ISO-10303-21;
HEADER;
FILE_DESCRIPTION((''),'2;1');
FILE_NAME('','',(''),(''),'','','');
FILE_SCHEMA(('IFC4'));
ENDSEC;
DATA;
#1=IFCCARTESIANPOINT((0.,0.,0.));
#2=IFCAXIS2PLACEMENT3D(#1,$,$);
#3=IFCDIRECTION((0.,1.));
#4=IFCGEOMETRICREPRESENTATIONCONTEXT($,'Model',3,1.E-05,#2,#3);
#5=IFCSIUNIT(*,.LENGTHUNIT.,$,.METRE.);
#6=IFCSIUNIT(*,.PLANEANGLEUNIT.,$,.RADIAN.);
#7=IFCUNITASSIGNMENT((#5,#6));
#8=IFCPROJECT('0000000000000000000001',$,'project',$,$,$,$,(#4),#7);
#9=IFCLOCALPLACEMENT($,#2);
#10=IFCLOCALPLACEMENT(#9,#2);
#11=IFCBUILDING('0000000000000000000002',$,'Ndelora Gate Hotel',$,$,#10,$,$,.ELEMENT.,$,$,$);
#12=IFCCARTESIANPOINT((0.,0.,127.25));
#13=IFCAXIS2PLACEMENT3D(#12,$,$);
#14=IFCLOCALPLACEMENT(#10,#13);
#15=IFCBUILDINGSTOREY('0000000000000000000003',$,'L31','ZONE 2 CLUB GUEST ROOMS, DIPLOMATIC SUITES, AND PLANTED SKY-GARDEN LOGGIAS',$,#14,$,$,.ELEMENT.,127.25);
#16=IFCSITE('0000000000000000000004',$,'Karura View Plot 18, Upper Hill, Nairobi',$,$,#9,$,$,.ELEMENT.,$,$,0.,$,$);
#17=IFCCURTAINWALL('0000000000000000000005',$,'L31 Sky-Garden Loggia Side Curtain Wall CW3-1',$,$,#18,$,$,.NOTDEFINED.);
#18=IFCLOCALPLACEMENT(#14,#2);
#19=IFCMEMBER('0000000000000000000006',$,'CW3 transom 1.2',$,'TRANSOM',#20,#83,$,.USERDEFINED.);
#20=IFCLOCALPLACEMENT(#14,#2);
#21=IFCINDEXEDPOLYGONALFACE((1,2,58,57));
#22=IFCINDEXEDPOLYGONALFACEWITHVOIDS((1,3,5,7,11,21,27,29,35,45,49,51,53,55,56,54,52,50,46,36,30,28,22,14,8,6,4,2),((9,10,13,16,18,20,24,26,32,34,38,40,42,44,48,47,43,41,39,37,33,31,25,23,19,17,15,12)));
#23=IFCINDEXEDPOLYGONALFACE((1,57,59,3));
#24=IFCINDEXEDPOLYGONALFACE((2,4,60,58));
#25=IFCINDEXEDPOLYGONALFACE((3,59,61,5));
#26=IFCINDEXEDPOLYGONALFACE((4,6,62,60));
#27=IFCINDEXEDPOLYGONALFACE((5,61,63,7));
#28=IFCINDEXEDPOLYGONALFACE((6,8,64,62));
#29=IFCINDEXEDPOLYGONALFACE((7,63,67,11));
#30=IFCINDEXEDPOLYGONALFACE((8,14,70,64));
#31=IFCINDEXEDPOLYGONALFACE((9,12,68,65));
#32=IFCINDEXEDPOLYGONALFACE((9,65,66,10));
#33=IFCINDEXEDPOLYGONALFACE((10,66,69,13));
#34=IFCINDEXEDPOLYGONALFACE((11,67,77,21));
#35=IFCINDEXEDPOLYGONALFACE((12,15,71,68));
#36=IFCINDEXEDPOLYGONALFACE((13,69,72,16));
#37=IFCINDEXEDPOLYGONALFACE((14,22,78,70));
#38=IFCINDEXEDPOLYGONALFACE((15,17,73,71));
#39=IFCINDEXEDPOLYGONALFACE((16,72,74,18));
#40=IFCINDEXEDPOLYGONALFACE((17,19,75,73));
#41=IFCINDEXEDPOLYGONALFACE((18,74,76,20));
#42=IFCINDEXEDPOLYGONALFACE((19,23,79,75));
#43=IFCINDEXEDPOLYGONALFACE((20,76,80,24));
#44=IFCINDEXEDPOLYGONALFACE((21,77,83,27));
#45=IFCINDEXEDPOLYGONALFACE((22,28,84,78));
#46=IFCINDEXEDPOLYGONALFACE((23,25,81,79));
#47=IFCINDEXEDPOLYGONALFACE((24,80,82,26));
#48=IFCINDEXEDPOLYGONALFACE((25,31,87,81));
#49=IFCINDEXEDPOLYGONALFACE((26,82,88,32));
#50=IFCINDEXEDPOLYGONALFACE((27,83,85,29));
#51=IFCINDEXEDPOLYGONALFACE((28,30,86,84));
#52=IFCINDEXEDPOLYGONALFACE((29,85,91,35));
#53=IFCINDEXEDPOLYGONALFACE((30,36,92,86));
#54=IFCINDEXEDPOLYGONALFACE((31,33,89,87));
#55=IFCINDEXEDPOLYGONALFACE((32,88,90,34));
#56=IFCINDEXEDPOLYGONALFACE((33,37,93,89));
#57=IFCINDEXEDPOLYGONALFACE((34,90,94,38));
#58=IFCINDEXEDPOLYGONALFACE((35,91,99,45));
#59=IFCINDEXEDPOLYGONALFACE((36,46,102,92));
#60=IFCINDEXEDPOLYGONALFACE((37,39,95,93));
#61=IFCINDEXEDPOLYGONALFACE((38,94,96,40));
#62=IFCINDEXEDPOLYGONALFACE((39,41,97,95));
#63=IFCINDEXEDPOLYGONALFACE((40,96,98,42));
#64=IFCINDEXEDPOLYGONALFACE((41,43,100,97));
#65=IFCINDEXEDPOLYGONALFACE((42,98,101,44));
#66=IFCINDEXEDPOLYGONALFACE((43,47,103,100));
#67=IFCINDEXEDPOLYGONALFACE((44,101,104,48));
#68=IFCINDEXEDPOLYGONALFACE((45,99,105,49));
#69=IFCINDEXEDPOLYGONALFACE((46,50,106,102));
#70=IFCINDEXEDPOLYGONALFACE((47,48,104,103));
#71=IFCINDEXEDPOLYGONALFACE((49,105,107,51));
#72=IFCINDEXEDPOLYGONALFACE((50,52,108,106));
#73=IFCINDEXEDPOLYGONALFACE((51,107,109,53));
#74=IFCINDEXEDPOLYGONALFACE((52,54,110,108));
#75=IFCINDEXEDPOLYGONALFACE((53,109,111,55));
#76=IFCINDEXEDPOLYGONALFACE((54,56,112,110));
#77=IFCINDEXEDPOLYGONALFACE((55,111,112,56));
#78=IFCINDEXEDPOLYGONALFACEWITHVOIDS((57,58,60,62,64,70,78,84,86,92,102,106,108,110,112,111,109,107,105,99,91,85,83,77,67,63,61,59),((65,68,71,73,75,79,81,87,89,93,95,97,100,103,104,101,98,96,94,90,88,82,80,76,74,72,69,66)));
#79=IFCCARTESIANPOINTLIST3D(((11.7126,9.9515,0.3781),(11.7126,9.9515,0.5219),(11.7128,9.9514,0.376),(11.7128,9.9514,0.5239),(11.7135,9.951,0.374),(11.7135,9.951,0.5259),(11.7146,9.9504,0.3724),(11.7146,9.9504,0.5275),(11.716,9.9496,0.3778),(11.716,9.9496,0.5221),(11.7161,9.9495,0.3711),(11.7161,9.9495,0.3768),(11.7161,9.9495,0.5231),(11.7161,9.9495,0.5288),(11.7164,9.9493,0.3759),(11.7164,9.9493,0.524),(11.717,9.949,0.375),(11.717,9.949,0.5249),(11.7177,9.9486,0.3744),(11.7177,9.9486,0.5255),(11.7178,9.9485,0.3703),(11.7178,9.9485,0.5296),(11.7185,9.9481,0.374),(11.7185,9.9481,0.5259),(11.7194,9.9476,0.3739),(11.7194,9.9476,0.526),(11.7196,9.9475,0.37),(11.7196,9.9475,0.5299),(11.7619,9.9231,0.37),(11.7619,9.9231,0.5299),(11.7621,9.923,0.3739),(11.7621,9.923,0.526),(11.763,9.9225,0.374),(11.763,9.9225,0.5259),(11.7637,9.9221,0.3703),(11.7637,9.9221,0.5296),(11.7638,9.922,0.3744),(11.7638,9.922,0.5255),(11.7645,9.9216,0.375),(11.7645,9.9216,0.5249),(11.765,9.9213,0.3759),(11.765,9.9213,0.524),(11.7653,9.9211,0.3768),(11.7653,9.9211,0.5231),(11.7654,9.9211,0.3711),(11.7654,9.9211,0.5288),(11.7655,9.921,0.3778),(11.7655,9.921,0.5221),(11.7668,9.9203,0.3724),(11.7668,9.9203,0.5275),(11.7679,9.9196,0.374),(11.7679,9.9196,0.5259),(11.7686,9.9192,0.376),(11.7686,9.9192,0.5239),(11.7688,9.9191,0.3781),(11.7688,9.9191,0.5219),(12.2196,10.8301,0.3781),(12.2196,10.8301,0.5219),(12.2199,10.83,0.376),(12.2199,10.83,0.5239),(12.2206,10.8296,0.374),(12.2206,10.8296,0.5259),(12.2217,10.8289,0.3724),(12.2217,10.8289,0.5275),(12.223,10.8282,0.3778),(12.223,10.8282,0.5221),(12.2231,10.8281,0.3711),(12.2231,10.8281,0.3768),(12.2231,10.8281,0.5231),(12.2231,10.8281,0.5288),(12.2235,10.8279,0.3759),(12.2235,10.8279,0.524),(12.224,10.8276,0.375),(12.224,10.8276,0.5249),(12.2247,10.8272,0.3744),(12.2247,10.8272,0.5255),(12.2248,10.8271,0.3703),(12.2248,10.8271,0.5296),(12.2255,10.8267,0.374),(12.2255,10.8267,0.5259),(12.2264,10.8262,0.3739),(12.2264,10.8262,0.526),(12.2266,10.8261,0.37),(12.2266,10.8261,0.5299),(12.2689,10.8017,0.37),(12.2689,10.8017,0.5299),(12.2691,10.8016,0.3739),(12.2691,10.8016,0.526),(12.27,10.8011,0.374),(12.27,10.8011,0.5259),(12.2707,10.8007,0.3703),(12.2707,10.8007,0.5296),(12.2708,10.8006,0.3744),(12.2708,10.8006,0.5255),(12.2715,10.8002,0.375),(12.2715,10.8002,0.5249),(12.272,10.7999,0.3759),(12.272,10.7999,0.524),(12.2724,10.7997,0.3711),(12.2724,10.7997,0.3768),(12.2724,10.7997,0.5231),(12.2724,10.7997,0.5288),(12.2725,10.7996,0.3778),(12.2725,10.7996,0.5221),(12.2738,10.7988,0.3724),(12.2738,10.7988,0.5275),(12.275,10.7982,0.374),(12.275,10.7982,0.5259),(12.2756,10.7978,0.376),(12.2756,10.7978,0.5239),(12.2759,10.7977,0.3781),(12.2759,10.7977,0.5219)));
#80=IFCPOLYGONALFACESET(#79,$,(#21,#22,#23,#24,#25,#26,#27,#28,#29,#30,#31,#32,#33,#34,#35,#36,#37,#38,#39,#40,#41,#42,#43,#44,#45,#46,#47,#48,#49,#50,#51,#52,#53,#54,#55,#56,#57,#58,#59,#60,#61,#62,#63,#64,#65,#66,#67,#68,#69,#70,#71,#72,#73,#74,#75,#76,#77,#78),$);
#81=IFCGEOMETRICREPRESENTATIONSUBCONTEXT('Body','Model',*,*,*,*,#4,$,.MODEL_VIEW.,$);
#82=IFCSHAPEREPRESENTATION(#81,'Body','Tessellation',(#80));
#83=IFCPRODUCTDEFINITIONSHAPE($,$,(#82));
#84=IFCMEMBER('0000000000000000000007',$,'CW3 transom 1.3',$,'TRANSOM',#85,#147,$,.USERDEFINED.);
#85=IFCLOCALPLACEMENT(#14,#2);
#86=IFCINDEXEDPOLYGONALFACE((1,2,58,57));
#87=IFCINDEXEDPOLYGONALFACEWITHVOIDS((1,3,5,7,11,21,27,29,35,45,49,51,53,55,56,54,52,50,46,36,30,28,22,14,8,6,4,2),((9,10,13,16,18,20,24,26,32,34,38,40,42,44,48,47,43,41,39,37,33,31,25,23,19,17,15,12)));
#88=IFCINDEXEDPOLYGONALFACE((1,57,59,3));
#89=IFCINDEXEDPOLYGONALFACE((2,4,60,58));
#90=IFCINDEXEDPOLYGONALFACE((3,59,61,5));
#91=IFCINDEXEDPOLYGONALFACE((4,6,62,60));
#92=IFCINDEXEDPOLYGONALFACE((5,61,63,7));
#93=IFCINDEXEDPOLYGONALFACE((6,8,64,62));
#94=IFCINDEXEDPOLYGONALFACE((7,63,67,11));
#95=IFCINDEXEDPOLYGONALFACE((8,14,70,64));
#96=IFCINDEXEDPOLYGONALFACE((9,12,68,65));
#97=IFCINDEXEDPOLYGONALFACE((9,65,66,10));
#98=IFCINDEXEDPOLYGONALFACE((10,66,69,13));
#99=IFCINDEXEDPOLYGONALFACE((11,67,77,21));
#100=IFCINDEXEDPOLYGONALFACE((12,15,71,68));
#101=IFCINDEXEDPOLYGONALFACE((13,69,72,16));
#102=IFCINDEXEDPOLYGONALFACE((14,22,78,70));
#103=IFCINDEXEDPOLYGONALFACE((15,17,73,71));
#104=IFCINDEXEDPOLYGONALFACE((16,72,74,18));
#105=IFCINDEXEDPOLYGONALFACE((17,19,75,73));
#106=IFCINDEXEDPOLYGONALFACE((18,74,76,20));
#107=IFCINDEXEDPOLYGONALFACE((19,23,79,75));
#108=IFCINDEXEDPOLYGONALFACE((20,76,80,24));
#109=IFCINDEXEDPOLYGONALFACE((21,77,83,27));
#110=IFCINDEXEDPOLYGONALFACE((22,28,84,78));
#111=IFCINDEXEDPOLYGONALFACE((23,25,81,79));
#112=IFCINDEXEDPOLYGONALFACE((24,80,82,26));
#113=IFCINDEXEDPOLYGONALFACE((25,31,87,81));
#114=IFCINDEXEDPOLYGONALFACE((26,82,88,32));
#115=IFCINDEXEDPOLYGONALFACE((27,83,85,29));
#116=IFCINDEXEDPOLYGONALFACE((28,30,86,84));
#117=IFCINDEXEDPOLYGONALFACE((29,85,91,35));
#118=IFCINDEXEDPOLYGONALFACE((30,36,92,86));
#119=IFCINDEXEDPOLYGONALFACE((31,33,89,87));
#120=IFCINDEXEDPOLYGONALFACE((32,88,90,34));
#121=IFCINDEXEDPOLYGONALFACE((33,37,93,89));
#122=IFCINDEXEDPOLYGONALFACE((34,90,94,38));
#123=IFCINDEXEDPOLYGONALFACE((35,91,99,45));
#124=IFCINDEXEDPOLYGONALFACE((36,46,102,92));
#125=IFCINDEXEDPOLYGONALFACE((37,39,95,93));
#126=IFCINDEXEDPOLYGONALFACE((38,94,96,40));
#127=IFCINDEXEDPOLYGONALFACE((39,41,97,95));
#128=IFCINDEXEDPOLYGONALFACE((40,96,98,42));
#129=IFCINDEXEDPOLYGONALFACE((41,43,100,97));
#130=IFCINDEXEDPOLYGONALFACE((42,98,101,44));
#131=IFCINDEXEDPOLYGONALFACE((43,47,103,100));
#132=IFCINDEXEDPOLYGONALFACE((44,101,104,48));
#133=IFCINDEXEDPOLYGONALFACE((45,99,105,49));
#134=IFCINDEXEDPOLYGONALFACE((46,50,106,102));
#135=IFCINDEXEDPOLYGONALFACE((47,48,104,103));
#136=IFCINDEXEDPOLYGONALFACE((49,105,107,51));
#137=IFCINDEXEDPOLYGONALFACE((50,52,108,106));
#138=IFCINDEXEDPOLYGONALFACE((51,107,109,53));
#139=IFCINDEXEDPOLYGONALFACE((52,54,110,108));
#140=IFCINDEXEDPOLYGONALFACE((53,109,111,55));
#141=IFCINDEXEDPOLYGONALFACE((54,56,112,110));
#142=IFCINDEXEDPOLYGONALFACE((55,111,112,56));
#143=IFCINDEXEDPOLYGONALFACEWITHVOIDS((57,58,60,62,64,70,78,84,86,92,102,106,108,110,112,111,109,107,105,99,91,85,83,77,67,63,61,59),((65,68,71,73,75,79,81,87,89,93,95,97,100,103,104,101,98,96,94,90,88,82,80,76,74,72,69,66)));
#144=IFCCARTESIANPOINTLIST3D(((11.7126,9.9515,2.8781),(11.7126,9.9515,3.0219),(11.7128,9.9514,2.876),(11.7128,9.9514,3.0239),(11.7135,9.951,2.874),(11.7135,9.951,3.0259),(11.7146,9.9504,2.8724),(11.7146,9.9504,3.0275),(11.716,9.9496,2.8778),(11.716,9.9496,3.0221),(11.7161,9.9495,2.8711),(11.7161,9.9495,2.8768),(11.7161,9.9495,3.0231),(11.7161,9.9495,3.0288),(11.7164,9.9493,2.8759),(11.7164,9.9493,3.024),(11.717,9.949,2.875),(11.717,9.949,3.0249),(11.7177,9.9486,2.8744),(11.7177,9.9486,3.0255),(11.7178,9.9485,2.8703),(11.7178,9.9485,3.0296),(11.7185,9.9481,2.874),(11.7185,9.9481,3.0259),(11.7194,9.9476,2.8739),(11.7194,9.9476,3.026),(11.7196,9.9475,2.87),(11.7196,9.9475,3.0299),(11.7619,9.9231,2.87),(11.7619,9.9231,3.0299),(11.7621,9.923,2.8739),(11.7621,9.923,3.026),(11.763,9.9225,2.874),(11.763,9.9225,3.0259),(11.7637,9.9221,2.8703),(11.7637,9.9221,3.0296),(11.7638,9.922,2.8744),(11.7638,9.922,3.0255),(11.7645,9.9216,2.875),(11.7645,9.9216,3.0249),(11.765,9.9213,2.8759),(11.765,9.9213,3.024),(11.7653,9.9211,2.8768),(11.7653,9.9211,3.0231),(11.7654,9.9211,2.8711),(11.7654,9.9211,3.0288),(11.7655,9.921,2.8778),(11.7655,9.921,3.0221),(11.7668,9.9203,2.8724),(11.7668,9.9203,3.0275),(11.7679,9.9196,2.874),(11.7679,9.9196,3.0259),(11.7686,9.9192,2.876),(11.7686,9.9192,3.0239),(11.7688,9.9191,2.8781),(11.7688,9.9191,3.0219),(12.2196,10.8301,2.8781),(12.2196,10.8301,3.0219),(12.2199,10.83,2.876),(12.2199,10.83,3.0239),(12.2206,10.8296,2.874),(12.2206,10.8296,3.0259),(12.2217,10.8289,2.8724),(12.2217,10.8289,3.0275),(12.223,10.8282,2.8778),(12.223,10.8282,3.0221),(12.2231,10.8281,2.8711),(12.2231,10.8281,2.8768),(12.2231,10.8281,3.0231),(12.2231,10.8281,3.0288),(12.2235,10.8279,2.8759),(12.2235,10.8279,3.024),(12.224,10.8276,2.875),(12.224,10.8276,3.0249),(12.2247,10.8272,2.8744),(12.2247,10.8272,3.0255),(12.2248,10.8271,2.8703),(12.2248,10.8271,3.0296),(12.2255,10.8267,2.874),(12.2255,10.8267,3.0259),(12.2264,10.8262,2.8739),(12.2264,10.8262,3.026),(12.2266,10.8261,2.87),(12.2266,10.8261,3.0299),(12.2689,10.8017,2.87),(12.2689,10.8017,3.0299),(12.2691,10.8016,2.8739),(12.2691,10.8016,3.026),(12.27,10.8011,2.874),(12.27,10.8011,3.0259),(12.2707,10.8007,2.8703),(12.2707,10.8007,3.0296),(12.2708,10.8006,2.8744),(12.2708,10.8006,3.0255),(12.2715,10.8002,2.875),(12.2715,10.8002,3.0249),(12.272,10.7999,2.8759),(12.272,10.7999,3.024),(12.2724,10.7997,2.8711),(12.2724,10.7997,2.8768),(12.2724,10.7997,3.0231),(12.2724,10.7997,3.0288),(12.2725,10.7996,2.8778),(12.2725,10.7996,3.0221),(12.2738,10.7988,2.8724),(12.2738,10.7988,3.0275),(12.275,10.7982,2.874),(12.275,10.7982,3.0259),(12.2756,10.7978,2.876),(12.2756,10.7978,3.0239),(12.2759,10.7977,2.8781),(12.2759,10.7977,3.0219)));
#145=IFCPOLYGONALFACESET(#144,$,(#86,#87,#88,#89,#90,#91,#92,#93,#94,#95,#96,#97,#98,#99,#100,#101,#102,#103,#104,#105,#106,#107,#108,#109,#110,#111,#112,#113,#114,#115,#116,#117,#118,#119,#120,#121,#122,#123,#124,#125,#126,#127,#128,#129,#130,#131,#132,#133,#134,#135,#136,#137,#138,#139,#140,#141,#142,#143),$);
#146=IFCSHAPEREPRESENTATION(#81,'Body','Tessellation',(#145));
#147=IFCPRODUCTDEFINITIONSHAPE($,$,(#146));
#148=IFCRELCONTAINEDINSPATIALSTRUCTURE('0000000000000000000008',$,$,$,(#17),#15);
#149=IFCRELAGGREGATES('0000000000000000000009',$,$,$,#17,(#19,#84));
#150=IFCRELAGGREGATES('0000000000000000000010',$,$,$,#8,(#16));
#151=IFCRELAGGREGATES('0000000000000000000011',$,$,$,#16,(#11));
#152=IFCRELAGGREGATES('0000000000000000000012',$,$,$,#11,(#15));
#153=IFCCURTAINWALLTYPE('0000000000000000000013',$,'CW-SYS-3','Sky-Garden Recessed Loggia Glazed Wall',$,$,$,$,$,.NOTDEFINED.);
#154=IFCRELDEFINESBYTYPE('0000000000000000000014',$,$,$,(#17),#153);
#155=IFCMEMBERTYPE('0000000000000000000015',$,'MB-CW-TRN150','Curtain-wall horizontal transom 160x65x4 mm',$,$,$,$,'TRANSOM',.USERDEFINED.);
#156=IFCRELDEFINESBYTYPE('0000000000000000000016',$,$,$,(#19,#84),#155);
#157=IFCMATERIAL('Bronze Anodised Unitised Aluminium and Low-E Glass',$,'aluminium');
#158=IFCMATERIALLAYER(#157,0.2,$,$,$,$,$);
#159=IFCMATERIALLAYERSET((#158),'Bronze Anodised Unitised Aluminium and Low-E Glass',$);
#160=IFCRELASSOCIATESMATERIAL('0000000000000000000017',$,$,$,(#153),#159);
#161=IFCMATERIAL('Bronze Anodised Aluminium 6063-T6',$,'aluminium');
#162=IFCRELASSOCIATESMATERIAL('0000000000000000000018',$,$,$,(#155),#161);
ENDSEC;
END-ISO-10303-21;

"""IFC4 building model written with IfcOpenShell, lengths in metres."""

from ifc_helpers import new_model, si_unit, direction, frame, origin, origin_2d, place, context, subcontext, project, spatial, hollow_rectangle, extrude, material, layer, layer_set, material_profile, profile_set, type_object, element, aggregate, save


model = new_model("IFC4")

# Units and contexts
model_context = context("Model", 3, precision=1e-05, world=origin(), true_north=direction((0.0, 1.0)))
body_context = subcontext(model_context, "Body", "Model", "MODEL_VIEW")
ifc_project = project(units=[si_unit("LENGTHUNIT", "METRE"), si_unit("PLANEANGLEUNIT", "RADIAN")], contexts=[model_context])

# Site, building, storey
site_placement = place(None, origin())
site = spatial("IfcSite", under=ifc_project, at=site_placement, Name="Karura View Plot 18, Upper Hill, Nairobi", CompositionType="ELEMENT", RefElevation=0.0)
building_placement = place(site_placement, origin())
building = spatial("IfcBuilding", under=site, at=building_placement, Name="Ndelora Gate Hotel", CompositionType="ELEMENT")
storey_placement = place(building_placement, frame((0.0, 0.0, 127.25)))
storey = spatial("IfcBuildingStorey", under=building, at=storey_placement, Name="L31", Description="ZONE 2 CLUB GUEST ROOMS, DIPLOMATIC SUITES, AND PLANTED SKY-GARDEN LOGGIAS", CompositionType="ELEMENT", Elevation=127.25)

# Curtain wall, members
ifc_material_1 = material(Name="Bronze Anodised Unitised Aluminium and Low-E Glass", Category="aluminium")
ifc_layer_1 = layer(ifc_material_1, 0.2)
ifc_layer_set_1 = layer_set([ifc_layer_1], Name="Bronze Anodised Unitised Aluminium and Low-E Glass")
curtain_wall_type = type_object("IfcCurtainWallType", Name="CW-SYS-3", Description="Sky-Garden Recessed Loggia Glazed Wall", PredefinedType="NOTDEFINED", material=ifc_layer_set_1)
curtain_wall_placement = place(storey_placement, origin())
curtain_wall = element("IfcCurtainWall", 1, at=curtain_wall_placement, inside=storey, type_object=curtain_wall_type, Name="L31 Sky-Garden Loggia Side Curtain Wall CW3-1", PredefinedType="NOTDEFINED")
ifc_material_2 = material(Name="Bronze Anodised Aluminium 6063-T6", Category="aluminium")
ifc_material_profile_1 = material_profile(ifc_material_2, hollow_rectangle(XDim=0.0649, YDim=0.1599, WallThickness=0.0039, InnerFilletRadius=0.0039, OuterFilletRadius=0.0081, at=origin_2d()), Name="ALU 160x65x4")
ifc_profile_set_1 = profile_set([ifc_material_profile_1], Name="Bronze Anodised Aluminium 6063-T6")
member_type_1 = type_object("IfcMemberType", Name="MB-CW-TRN150", Description="Curtain-wall horizontal transom 160x65x4 mm", ElementType="TRANSOM", PredefinedType="USERDEFINED", material=ifc_profile_set_1)
member_1_placement = place(storey_placement, frame((11.7407, 9.9353, 0.45), z_axis=(0.499841, 0.866117, 0.0), x_axis=(-0.866117, 0.499841, 0.0)))
member_1 = element("IfcMember", 2, at=member_1_placement, type_object=member_type_1, Name="CW3 transom 1.2", ObjectType="TRANSOM", PredefinedType="USERDEFINED", context=body_context, shape_type="SweptSolid", body=[
    extrude(hollow_rectangle(XDim=0.0649, YDim=0.1599, WallThickness=0.0039, InnerFilletRadius=0.0039, OuterFilletRadius=0.0081, at=origin_2d()), origin(), (0.0, 0.0, 1.0), 1.0144),
])
member_2_placement = place(storey_placement, frame((11.7407, 9.9353, 2.95), z_axis=(0.499841, 0.866117, 0.0), x_axis=(-0.866117, 0.499841, 0.0)))
member_2 = element("IfcMember", 3, at=member_2_placement, type_object=member_type_1, Name="CW3 transom 1.3", ObjectType="TRANSOM", PredefinedType="USERDEFINED", context=body_context, shape_type="SweptSolid", body=[
    extrude(hollow_rectangle(XDim=0.0649, YDim=0.1599, WallThickness=0.0039, InnerFilletRadius=0.0039, OuterFilletRadius=0.0081, at=origin_2d()), origin(), (0.0, 0.0, 1.0), 1.0144),
])
aggregate(curtain_wall, [member_1, member_2])

save(model, "model.ifc")
